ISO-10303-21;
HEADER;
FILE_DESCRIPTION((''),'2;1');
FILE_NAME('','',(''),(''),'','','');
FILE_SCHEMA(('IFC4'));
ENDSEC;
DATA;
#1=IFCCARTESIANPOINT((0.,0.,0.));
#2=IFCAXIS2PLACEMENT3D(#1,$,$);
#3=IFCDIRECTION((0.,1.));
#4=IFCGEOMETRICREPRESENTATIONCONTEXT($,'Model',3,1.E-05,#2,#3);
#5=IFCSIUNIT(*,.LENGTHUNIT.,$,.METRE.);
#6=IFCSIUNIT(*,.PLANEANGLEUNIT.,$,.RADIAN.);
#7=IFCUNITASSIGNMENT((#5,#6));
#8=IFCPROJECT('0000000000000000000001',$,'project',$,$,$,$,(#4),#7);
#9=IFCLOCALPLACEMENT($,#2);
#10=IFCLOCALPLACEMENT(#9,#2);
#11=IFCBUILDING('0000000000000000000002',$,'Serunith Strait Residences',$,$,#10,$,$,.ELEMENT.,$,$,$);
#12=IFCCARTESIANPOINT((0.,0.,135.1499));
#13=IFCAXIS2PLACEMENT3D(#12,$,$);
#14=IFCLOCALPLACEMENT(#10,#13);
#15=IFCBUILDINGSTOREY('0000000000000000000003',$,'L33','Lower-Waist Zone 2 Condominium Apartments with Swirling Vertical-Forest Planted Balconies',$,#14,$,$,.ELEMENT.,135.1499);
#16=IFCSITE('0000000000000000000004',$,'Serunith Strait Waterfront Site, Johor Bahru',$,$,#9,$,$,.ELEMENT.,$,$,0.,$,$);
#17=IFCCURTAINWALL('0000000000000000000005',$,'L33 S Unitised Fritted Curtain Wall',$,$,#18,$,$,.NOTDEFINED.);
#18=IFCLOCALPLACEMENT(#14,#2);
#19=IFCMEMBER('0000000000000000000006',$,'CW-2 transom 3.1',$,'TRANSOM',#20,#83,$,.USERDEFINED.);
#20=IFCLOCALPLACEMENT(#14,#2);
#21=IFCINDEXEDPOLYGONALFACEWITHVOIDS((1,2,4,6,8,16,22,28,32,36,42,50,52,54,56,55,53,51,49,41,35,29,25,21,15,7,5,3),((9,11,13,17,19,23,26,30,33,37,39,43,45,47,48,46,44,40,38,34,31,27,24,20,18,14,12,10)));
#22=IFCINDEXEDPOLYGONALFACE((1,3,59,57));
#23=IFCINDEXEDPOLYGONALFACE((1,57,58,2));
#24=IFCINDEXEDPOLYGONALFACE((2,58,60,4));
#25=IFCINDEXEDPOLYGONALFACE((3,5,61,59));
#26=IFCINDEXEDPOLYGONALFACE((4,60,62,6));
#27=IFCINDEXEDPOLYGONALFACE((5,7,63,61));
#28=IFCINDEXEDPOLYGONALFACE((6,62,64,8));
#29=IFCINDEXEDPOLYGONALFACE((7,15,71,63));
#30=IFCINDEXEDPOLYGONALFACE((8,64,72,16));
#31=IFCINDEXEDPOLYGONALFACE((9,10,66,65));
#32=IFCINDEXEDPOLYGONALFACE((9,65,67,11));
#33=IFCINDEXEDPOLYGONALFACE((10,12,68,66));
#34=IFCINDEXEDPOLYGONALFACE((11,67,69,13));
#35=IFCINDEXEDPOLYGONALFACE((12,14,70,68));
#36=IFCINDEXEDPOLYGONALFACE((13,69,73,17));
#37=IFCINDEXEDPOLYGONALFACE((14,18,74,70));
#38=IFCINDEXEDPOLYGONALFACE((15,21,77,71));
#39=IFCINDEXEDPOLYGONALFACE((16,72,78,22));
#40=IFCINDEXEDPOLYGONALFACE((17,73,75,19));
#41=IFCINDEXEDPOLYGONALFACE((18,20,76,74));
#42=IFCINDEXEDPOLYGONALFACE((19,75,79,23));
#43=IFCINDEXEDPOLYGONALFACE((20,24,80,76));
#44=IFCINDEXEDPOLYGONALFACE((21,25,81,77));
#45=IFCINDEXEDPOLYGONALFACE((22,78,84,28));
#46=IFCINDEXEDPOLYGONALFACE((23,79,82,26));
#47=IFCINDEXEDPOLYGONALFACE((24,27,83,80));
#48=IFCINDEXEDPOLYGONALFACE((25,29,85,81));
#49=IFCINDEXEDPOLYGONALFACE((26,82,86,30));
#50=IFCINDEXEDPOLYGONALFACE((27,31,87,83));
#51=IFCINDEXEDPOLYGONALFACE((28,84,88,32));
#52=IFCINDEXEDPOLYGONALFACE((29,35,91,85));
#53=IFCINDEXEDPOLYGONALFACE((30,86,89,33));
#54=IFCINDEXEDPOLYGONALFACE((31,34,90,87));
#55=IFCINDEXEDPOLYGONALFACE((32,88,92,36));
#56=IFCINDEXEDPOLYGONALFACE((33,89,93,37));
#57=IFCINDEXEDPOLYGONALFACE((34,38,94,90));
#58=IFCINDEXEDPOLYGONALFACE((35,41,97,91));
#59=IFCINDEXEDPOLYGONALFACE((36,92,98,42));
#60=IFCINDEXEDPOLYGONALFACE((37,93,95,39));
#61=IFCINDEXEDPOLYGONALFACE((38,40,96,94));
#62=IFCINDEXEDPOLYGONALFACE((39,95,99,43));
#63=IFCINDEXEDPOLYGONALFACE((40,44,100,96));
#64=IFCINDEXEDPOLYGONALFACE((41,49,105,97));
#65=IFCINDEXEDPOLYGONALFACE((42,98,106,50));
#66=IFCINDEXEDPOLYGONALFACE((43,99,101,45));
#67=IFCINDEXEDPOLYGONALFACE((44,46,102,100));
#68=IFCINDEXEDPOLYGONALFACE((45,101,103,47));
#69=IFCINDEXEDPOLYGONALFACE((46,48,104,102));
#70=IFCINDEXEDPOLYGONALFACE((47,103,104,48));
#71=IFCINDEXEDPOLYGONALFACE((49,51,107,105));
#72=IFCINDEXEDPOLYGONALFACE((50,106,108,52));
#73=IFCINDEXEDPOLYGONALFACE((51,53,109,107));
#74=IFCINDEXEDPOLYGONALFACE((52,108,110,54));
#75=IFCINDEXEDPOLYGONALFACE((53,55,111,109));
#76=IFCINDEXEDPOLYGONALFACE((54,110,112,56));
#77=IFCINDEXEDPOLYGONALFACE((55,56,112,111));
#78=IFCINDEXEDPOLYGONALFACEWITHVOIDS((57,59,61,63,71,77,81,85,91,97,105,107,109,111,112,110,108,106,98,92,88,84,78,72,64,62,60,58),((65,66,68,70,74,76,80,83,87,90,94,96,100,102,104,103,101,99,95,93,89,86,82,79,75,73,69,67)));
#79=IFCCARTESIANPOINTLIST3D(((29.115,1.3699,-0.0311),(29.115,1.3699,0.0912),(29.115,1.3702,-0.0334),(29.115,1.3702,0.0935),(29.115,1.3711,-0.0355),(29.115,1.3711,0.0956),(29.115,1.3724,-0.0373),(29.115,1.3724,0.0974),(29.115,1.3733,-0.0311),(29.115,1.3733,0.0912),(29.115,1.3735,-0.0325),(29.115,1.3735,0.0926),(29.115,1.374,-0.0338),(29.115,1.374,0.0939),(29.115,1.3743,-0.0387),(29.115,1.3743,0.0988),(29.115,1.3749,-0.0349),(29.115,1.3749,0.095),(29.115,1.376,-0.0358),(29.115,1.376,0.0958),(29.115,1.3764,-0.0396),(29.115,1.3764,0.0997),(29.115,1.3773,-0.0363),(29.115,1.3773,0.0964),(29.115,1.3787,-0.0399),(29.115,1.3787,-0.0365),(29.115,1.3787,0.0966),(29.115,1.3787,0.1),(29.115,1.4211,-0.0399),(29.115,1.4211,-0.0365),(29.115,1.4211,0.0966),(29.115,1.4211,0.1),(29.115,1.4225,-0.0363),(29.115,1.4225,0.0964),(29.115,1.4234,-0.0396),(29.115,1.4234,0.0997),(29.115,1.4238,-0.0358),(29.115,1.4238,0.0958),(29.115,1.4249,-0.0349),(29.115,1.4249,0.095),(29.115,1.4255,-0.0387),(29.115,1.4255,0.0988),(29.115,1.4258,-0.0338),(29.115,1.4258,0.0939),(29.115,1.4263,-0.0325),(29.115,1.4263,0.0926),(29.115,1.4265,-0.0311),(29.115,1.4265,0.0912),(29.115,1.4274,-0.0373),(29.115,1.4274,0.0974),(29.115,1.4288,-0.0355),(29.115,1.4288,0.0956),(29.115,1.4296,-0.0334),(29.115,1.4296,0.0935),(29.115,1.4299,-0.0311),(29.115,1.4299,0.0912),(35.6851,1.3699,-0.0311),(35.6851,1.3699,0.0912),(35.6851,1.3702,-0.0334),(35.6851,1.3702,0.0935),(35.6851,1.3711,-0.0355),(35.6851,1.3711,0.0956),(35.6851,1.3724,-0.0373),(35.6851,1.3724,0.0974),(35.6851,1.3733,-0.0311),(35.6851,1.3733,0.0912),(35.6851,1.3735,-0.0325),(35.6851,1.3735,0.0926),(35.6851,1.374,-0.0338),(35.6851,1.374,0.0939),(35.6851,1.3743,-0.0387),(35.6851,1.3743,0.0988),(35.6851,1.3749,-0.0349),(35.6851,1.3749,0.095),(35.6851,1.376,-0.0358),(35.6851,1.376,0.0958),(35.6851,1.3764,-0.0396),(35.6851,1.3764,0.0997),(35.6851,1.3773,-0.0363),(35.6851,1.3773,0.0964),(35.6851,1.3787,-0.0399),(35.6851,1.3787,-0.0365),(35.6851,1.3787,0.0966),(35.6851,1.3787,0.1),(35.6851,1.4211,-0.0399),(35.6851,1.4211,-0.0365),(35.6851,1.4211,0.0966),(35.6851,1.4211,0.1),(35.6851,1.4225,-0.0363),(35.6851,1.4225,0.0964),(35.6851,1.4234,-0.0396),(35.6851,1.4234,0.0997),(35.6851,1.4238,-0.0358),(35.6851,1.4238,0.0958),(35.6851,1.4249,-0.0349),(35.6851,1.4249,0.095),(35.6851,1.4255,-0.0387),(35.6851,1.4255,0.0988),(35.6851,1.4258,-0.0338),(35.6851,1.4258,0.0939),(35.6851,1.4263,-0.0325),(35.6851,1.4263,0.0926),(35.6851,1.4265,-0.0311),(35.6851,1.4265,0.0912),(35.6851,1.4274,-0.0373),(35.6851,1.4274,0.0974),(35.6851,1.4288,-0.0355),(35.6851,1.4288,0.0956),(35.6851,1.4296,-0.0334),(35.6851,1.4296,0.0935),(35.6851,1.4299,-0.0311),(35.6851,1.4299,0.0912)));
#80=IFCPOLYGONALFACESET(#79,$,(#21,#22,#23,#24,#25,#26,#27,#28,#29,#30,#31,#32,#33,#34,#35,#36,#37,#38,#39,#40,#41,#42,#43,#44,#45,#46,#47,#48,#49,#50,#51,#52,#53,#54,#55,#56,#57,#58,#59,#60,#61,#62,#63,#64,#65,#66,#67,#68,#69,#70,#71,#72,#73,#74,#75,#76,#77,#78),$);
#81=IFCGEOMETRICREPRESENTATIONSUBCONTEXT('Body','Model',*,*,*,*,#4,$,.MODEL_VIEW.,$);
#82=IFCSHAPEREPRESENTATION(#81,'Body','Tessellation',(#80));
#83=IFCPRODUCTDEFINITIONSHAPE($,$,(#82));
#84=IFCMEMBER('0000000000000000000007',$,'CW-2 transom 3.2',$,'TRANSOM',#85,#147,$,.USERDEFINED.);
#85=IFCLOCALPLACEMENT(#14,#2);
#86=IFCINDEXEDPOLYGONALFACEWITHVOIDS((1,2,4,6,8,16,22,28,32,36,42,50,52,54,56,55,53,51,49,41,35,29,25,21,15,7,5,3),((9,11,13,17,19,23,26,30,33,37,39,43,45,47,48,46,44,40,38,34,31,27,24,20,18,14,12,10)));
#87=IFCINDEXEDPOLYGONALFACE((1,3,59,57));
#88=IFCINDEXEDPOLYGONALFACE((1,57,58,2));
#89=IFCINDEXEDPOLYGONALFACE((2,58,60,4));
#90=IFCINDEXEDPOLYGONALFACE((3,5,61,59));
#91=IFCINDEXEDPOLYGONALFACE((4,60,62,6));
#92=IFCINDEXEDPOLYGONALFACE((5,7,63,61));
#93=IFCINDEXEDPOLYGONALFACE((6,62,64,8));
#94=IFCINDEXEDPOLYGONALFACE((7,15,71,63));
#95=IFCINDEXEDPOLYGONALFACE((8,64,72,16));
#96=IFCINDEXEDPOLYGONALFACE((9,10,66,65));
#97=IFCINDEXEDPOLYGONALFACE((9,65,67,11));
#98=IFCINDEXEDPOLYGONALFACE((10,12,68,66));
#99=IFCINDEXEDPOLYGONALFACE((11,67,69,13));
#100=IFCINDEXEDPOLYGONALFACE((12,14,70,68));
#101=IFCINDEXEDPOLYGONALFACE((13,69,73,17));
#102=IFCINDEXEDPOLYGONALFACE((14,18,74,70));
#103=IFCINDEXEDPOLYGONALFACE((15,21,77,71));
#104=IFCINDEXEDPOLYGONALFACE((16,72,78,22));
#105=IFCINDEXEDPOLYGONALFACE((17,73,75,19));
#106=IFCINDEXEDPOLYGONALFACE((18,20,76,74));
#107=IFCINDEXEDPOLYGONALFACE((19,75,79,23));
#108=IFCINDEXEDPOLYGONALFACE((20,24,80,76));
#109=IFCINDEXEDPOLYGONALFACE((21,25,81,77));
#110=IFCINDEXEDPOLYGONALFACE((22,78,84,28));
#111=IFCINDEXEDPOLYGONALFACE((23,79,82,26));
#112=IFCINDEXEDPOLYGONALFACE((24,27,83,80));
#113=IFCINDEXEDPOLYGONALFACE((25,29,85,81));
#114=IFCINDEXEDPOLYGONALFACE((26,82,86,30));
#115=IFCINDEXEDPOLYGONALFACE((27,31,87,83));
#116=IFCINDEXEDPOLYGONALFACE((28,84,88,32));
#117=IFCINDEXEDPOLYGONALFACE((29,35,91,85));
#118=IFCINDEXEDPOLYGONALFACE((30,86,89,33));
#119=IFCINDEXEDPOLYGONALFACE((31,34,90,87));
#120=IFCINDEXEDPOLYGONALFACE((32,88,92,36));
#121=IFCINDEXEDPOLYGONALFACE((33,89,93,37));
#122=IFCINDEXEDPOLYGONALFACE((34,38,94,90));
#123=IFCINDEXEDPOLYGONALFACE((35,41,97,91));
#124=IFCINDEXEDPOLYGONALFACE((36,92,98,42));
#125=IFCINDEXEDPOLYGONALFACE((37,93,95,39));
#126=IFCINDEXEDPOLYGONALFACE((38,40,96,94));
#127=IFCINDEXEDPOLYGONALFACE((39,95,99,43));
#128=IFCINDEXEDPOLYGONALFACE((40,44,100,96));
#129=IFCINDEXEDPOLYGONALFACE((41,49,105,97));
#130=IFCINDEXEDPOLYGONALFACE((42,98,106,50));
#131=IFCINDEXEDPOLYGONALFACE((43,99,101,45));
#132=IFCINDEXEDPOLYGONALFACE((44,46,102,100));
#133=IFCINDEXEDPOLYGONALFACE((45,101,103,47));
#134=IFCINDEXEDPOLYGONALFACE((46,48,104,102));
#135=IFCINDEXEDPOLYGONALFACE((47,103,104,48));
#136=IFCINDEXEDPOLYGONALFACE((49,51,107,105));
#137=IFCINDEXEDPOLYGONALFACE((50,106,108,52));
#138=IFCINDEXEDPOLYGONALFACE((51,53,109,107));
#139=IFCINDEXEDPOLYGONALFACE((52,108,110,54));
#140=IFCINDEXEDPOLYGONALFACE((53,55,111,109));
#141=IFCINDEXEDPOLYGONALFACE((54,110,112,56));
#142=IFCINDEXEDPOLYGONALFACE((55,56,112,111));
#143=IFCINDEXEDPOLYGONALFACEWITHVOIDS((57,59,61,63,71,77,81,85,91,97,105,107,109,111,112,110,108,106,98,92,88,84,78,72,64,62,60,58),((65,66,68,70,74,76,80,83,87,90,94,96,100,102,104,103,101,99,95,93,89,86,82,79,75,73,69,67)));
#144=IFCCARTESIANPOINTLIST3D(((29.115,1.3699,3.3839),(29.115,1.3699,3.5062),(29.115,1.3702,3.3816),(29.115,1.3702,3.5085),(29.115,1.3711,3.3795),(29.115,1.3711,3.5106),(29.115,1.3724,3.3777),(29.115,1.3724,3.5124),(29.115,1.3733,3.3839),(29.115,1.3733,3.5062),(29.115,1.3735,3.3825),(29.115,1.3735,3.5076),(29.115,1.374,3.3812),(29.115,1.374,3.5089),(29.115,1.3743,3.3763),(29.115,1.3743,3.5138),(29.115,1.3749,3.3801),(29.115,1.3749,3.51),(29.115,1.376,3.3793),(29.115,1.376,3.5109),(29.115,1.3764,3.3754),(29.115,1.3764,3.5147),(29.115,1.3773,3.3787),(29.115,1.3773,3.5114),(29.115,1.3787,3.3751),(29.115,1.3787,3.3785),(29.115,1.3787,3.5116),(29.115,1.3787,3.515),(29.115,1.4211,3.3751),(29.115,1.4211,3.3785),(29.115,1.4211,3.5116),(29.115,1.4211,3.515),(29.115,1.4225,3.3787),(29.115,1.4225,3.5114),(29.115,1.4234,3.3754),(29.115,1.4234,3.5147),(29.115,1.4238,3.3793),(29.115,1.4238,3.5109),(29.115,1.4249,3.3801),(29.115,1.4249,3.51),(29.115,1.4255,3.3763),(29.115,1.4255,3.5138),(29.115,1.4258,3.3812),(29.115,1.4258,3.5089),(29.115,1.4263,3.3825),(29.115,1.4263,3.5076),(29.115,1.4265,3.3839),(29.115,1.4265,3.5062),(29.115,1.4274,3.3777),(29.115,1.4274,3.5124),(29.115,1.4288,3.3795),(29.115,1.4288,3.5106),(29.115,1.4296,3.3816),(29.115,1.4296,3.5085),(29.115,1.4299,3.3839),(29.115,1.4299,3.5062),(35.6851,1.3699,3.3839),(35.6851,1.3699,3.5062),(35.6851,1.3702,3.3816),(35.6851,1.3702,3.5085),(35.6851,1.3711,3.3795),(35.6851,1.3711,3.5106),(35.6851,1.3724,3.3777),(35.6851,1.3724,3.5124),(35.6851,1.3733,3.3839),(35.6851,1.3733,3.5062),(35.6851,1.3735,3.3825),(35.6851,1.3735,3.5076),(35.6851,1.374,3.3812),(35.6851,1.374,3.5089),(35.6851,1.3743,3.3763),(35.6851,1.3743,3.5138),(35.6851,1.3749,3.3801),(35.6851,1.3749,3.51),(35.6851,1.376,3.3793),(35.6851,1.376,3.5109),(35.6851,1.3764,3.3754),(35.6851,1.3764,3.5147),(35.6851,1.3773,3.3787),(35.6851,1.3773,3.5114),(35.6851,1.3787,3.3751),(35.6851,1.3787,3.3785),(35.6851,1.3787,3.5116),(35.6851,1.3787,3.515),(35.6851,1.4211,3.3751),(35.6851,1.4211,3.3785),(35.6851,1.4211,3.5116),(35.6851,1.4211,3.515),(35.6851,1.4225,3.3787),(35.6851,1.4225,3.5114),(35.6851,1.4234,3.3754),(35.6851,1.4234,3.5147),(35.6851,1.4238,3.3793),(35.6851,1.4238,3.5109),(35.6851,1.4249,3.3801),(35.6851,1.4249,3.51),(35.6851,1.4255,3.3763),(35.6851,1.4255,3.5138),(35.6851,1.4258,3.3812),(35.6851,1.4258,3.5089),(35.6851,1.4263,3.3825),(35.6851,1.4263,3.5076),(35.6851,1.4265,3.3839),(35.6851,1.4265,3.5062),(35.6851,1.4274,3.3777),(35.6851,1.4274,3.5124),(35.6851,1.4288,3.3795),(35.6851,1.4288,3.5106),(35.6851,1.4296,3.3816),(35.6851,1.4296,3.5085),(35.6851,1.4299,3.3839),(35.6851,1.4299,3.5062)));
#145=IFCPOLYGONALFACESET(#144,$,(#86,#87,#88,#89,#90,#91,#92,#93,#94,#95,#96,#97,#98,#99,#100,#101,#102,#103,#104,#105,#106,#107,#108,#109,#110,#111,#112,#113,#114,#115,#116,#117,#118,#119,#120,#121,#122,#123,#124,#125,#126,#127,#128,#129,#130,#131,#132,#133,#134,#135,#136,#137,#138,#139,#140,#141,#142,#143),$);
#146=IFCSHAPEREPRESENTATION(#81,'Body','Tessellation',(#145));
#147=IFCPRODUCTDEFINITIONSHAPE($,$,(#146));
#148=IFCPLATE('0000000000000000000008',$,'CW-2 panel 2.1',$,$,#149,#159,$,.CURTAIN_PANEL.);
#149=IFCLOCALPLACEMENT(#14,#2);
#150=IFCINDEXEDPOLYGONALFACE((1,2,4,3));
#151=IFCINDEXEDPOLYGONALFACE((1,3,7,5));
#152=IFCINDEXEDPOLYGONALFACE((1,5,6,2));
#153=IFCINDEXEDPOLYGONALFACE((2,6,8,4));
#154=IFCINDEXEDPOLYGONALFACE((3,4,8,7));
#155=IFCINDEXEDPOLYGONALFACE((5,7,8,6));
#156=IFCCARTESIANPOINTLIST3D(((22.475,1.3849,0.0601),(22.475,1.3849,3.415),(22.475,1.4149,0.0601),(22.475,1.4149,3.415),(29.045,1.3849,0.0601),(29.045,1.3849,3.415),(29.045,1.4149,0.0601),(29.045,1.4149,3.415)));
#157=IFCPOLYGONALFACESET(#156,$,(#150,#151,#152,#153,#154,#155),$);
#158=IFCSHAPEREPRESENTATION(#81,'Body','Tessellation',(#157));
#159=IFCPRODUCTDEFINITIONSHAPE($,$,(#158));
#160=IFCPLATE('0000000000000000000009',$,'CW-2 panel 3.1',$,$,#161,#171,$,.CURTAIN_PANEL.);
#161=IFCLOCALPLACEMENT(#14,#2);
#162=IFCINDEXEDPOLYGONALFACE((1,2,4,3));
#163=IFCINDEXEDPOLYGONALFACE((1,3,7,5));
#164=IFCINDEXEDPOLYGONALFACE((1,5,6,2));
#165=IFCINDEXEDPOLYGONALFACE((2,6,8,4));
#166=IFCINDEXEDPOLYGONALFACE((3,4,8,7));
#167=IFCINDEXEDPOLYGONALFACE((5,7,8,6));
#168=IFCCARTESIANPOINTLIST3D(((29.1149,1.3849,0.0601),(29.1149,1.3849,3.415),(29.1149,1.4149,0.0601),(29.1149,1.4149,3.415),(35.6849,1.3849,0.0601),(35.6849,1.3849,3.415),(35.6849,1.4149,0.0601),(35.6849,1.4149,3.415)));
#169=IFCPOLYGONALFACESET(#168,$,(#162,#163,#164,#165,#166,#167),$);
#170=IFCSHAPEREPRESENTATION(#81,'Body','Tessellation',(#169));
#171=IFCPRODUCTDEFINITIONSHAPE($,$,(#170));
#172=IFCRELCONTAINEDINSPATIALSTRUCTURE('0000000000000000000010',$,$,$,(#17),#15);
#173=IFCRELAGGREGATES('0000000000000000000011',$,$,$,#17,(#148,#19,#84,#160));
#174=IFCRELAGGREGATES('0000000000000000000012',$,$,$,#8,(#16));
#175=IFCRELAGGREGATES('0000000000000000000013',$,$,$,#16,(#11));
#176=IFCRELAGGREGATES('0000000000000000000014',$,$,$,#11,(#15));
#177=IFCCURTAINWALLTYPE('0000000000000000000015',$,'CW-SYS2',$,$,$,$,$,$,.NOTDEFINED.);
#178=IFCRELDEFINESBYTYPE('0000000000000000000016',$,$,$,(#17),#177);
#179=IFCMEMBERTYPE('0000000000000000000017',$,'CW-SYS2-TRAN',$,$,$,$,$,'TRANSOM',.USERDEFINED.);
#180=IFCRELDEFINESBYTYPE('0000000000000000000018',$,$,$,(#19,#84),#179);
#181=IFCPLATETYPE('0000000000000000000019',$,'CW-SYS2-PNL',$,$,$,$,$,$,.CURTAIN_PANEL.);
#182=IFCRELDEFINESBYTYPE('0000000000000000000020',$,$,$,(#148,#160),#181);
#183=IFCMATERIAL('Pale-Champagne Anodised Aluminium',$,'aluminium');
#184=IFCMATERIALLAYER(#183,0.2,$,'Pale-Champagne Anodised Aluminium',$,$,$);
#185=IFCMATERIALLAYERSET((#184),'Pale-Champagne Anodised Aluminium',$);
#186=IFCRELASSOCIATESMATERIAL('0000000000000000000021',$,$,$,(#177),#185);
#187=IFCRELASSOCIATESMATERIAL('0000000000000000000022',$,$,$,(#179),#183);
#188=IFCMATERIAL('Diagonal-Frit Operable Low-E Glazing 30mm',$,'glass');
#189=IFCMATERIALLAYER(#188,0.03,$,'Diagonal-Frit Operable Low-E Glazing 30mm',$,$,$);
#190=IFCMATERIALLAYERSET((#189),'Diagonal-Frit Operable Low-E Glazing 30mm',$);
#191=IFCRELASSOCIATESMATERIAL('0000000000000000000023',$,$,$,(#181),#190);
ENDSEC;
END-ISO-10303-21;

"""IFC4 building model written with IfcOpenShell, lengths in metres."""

from ifc_helpers import new_model, si_unit, direction, frame, origin, origin_2d, place, context, subcontext, project, spatial, rectangle, hollow_rectangle, extrude, source, transform, mapped, material, layer, layer_set, material_profile, profile_set, type_object, element, aggregate, save


model = new_model("IFC4")

# Units and contexts
model_context = context("Model", 3, precision=1e-05, world=origin(), true_north=direction((0.0, 1.0)))
body_context = subcontext(model_context, "Body", "Model", "MODEL_VIEW")
ifc_project = project(units=[si_unit("LENGTHUNIT", "METRE"), si_unit("PLANEANGLEUNIT", "RADIAN")], contexts=[model_context])

# Site, building, storey
site_placement = place(None, origin())
site = spatial("IfcSite", under=ifc_project, at=site_placement, Name="Serunith Strait Waterfront Site, Johor Bahru", CompositionType="ELEMENT", RefElevation=0.0)
building_placement = place(site_placement, origin())
building = spatial("IfcBuilding", under=site, at=building_placement, Name="Serunith Strait Residences", CompositionType="ELEMENT")
storey_placement = place(building_placement, frame((0.0, 0.0, 135.1499)))
storey = spatial("IfcBuildingStorey", under=building, at=storey_placement, Name="L33", Description="Lower-Waist Zone 2 Condominium Apartments with Swirling Vertical-Forest Planted Balconies", CompositionType="ELEMENT", Elevation=135.1499)

# Curtain wall, members, plates
ifc_material_1 = material(Name="Pale-Champagne Anodised Aluminium", Category="aluminium")
ifc_layer_1 = layer(ifc_material_1, 0.2, Name="Pale-Champagne Anodised Aluminium")
ifc_layer_set_1 = layer_set([ifc_layer_1], Name="Pale-Champagne Anodised Aluminium")
curtain_wall_type = type_object("IfcCurtainWallType", Name="CW-SYS2", PredefinedType="NOTDEFINED", material=ifc_layer_set_1)
curtain_wall_placement = place(storey_placement, origin())
curtain_wall = element("IfcCurtainWall", 1, at=curtain_wall_placement, inside=storey, type_object=curtain_wall_type, Name="L33 S Unitised Fritted Curtain Wall", PredefinedType="NOTDEFINED")
ifc_material_profile_1 = material_profile(ifc_material_1, hollow_rectangle(XDim=0.0601, YDim=0.1399, WallThickness=0.0034, InnerFilletRadius=0.0054, OuterFilletRadius=0.0088, at=origin_2d()), Name="ALU 140x60x3.5")
ifc_profile_set_1 = profile_set([ifc_material_profile_1], Name="Pale-Champagne Anodised Aluminium")
member_type_1 = type_object("IfcMemberType", Name="CW-SYS2-TRAN", ElementType="TRANSOM", PredefinedType="USERDEFINED", material=ifc_profile_set_1)
shared_shape_1 = source(origin(), body_context, "Body", "SweptSolid", [
    extrude(hollow_rectangle(XDim=0.0601, YDim=0.1399, WallThickness=0.0034, InnerFilletRadius=0.0054, OuterFilletRadius=0.0088, at=origin_2d()), origin(), (0.0, 0.0, 1.0), 6.5701),
])
member_1_placement = place(storey_placement, frame((29.115, 1.3999, 0.03), z_axis=(1.0, 0.0, 0.0), x_axis=(0.0, 1.0, 0.0)))
member_1 = element("IfcMember", 2, at=member_1_placement, type_object=member_type_1, Name="CW-2 transom 3.1", ObjectType="TRANSOM", PredefinedType="USERDEFINED", context=body_context, shape_type="MappedRepresentation", body=[
    mapped(shared_shape_1, transform((0.0, 0.0, 0.0), scale=1.0)),
])
member_2_placement = place(storey_placement, frame((29.115, 1.3999, 3.4451), z_axis=(1.0, 0.0, 0.0), x_axis=(0.0, 1.0, 0.0)))
member_2 = element("IfcMember", 3, at=member_2_placement, type_object=member_type_1, Name="CW-2 transom 3.2", ObjectType="TRANSOM", PredefinedType="USERDEFINED", context=body_context, shape_type="MappedRepresentation", body=[
    mapped(shared_shape_1, transform((0.0, 0.0, 0.0), scale=1.0)),
])
ifc_material_2 = material(Name="Diagonal-Frit Operable Low-E Glazing 30mm", Category="glass")
ifc_layer_2 = layer(ifc_material_2, 0.03, Name="Diagonal-Frit Operable Low-E Glazing 30mm")
ifc_layer_set_2 = layer_set([ifc_layer_2], Name="Diagonal-Frit Operable Low-E Glazing 30mm")
plate_type = type_object("IfcPlateType", Name="CW-SYS2-PNL", PredefinedType="CURTAIN_PANEL", material=ifc_layer_set_2)
shared_shape_2 = source(origin(), body_context, "Body", "SweptSolid", [
    extrude(rectangle(XDim=6.5701, YDim=0.03, at=origin_2d()), origin(), (0.0, 0.0, 1.0), 3.355),
])
plate_1_placement = place(storey_placement, frame((25.76, 1.3999, 0.0601), z_axis=(0.0, 0.0, 1.0), x_axis=(1.0, 0.0, 0.0)))
plate_1 = element("IfcPlate", 4, at=plate_1_placement, type_object=plate_type, Name="CW-2 panel 2.1", PredefinedType="CURTAIN_PANEL", context=body_context, shape_type="MappedRepresentation", body=[
    mapped(shared_shape_2, transform((0.0, 0.0, 0.0), scale=1.0)),
])
plate_2_placement = place(storey_placement, frame((32.3999, 1.3999, 0.0601), z_axis=(0.0, 0.0, 1.0), x_axis=(1.0, 0.0, 0.0)))
plate_2 = element("IfcPlate", 5, at=plate_2_placement, type_object=plate_type, Name="CW-2 panel 3.1", PredefinedType="CURTAIN_PANEL", context=body_context, shape_type="MappedRepresentation", body=[
    mapped(shared_shape_2, transform((0.0, 0.0, 0.0), scale=1.0)),
])
aggregate(curtain_wall, [plate_1, member_1, member_2, plate_2])

save(model, "model.ifc")
